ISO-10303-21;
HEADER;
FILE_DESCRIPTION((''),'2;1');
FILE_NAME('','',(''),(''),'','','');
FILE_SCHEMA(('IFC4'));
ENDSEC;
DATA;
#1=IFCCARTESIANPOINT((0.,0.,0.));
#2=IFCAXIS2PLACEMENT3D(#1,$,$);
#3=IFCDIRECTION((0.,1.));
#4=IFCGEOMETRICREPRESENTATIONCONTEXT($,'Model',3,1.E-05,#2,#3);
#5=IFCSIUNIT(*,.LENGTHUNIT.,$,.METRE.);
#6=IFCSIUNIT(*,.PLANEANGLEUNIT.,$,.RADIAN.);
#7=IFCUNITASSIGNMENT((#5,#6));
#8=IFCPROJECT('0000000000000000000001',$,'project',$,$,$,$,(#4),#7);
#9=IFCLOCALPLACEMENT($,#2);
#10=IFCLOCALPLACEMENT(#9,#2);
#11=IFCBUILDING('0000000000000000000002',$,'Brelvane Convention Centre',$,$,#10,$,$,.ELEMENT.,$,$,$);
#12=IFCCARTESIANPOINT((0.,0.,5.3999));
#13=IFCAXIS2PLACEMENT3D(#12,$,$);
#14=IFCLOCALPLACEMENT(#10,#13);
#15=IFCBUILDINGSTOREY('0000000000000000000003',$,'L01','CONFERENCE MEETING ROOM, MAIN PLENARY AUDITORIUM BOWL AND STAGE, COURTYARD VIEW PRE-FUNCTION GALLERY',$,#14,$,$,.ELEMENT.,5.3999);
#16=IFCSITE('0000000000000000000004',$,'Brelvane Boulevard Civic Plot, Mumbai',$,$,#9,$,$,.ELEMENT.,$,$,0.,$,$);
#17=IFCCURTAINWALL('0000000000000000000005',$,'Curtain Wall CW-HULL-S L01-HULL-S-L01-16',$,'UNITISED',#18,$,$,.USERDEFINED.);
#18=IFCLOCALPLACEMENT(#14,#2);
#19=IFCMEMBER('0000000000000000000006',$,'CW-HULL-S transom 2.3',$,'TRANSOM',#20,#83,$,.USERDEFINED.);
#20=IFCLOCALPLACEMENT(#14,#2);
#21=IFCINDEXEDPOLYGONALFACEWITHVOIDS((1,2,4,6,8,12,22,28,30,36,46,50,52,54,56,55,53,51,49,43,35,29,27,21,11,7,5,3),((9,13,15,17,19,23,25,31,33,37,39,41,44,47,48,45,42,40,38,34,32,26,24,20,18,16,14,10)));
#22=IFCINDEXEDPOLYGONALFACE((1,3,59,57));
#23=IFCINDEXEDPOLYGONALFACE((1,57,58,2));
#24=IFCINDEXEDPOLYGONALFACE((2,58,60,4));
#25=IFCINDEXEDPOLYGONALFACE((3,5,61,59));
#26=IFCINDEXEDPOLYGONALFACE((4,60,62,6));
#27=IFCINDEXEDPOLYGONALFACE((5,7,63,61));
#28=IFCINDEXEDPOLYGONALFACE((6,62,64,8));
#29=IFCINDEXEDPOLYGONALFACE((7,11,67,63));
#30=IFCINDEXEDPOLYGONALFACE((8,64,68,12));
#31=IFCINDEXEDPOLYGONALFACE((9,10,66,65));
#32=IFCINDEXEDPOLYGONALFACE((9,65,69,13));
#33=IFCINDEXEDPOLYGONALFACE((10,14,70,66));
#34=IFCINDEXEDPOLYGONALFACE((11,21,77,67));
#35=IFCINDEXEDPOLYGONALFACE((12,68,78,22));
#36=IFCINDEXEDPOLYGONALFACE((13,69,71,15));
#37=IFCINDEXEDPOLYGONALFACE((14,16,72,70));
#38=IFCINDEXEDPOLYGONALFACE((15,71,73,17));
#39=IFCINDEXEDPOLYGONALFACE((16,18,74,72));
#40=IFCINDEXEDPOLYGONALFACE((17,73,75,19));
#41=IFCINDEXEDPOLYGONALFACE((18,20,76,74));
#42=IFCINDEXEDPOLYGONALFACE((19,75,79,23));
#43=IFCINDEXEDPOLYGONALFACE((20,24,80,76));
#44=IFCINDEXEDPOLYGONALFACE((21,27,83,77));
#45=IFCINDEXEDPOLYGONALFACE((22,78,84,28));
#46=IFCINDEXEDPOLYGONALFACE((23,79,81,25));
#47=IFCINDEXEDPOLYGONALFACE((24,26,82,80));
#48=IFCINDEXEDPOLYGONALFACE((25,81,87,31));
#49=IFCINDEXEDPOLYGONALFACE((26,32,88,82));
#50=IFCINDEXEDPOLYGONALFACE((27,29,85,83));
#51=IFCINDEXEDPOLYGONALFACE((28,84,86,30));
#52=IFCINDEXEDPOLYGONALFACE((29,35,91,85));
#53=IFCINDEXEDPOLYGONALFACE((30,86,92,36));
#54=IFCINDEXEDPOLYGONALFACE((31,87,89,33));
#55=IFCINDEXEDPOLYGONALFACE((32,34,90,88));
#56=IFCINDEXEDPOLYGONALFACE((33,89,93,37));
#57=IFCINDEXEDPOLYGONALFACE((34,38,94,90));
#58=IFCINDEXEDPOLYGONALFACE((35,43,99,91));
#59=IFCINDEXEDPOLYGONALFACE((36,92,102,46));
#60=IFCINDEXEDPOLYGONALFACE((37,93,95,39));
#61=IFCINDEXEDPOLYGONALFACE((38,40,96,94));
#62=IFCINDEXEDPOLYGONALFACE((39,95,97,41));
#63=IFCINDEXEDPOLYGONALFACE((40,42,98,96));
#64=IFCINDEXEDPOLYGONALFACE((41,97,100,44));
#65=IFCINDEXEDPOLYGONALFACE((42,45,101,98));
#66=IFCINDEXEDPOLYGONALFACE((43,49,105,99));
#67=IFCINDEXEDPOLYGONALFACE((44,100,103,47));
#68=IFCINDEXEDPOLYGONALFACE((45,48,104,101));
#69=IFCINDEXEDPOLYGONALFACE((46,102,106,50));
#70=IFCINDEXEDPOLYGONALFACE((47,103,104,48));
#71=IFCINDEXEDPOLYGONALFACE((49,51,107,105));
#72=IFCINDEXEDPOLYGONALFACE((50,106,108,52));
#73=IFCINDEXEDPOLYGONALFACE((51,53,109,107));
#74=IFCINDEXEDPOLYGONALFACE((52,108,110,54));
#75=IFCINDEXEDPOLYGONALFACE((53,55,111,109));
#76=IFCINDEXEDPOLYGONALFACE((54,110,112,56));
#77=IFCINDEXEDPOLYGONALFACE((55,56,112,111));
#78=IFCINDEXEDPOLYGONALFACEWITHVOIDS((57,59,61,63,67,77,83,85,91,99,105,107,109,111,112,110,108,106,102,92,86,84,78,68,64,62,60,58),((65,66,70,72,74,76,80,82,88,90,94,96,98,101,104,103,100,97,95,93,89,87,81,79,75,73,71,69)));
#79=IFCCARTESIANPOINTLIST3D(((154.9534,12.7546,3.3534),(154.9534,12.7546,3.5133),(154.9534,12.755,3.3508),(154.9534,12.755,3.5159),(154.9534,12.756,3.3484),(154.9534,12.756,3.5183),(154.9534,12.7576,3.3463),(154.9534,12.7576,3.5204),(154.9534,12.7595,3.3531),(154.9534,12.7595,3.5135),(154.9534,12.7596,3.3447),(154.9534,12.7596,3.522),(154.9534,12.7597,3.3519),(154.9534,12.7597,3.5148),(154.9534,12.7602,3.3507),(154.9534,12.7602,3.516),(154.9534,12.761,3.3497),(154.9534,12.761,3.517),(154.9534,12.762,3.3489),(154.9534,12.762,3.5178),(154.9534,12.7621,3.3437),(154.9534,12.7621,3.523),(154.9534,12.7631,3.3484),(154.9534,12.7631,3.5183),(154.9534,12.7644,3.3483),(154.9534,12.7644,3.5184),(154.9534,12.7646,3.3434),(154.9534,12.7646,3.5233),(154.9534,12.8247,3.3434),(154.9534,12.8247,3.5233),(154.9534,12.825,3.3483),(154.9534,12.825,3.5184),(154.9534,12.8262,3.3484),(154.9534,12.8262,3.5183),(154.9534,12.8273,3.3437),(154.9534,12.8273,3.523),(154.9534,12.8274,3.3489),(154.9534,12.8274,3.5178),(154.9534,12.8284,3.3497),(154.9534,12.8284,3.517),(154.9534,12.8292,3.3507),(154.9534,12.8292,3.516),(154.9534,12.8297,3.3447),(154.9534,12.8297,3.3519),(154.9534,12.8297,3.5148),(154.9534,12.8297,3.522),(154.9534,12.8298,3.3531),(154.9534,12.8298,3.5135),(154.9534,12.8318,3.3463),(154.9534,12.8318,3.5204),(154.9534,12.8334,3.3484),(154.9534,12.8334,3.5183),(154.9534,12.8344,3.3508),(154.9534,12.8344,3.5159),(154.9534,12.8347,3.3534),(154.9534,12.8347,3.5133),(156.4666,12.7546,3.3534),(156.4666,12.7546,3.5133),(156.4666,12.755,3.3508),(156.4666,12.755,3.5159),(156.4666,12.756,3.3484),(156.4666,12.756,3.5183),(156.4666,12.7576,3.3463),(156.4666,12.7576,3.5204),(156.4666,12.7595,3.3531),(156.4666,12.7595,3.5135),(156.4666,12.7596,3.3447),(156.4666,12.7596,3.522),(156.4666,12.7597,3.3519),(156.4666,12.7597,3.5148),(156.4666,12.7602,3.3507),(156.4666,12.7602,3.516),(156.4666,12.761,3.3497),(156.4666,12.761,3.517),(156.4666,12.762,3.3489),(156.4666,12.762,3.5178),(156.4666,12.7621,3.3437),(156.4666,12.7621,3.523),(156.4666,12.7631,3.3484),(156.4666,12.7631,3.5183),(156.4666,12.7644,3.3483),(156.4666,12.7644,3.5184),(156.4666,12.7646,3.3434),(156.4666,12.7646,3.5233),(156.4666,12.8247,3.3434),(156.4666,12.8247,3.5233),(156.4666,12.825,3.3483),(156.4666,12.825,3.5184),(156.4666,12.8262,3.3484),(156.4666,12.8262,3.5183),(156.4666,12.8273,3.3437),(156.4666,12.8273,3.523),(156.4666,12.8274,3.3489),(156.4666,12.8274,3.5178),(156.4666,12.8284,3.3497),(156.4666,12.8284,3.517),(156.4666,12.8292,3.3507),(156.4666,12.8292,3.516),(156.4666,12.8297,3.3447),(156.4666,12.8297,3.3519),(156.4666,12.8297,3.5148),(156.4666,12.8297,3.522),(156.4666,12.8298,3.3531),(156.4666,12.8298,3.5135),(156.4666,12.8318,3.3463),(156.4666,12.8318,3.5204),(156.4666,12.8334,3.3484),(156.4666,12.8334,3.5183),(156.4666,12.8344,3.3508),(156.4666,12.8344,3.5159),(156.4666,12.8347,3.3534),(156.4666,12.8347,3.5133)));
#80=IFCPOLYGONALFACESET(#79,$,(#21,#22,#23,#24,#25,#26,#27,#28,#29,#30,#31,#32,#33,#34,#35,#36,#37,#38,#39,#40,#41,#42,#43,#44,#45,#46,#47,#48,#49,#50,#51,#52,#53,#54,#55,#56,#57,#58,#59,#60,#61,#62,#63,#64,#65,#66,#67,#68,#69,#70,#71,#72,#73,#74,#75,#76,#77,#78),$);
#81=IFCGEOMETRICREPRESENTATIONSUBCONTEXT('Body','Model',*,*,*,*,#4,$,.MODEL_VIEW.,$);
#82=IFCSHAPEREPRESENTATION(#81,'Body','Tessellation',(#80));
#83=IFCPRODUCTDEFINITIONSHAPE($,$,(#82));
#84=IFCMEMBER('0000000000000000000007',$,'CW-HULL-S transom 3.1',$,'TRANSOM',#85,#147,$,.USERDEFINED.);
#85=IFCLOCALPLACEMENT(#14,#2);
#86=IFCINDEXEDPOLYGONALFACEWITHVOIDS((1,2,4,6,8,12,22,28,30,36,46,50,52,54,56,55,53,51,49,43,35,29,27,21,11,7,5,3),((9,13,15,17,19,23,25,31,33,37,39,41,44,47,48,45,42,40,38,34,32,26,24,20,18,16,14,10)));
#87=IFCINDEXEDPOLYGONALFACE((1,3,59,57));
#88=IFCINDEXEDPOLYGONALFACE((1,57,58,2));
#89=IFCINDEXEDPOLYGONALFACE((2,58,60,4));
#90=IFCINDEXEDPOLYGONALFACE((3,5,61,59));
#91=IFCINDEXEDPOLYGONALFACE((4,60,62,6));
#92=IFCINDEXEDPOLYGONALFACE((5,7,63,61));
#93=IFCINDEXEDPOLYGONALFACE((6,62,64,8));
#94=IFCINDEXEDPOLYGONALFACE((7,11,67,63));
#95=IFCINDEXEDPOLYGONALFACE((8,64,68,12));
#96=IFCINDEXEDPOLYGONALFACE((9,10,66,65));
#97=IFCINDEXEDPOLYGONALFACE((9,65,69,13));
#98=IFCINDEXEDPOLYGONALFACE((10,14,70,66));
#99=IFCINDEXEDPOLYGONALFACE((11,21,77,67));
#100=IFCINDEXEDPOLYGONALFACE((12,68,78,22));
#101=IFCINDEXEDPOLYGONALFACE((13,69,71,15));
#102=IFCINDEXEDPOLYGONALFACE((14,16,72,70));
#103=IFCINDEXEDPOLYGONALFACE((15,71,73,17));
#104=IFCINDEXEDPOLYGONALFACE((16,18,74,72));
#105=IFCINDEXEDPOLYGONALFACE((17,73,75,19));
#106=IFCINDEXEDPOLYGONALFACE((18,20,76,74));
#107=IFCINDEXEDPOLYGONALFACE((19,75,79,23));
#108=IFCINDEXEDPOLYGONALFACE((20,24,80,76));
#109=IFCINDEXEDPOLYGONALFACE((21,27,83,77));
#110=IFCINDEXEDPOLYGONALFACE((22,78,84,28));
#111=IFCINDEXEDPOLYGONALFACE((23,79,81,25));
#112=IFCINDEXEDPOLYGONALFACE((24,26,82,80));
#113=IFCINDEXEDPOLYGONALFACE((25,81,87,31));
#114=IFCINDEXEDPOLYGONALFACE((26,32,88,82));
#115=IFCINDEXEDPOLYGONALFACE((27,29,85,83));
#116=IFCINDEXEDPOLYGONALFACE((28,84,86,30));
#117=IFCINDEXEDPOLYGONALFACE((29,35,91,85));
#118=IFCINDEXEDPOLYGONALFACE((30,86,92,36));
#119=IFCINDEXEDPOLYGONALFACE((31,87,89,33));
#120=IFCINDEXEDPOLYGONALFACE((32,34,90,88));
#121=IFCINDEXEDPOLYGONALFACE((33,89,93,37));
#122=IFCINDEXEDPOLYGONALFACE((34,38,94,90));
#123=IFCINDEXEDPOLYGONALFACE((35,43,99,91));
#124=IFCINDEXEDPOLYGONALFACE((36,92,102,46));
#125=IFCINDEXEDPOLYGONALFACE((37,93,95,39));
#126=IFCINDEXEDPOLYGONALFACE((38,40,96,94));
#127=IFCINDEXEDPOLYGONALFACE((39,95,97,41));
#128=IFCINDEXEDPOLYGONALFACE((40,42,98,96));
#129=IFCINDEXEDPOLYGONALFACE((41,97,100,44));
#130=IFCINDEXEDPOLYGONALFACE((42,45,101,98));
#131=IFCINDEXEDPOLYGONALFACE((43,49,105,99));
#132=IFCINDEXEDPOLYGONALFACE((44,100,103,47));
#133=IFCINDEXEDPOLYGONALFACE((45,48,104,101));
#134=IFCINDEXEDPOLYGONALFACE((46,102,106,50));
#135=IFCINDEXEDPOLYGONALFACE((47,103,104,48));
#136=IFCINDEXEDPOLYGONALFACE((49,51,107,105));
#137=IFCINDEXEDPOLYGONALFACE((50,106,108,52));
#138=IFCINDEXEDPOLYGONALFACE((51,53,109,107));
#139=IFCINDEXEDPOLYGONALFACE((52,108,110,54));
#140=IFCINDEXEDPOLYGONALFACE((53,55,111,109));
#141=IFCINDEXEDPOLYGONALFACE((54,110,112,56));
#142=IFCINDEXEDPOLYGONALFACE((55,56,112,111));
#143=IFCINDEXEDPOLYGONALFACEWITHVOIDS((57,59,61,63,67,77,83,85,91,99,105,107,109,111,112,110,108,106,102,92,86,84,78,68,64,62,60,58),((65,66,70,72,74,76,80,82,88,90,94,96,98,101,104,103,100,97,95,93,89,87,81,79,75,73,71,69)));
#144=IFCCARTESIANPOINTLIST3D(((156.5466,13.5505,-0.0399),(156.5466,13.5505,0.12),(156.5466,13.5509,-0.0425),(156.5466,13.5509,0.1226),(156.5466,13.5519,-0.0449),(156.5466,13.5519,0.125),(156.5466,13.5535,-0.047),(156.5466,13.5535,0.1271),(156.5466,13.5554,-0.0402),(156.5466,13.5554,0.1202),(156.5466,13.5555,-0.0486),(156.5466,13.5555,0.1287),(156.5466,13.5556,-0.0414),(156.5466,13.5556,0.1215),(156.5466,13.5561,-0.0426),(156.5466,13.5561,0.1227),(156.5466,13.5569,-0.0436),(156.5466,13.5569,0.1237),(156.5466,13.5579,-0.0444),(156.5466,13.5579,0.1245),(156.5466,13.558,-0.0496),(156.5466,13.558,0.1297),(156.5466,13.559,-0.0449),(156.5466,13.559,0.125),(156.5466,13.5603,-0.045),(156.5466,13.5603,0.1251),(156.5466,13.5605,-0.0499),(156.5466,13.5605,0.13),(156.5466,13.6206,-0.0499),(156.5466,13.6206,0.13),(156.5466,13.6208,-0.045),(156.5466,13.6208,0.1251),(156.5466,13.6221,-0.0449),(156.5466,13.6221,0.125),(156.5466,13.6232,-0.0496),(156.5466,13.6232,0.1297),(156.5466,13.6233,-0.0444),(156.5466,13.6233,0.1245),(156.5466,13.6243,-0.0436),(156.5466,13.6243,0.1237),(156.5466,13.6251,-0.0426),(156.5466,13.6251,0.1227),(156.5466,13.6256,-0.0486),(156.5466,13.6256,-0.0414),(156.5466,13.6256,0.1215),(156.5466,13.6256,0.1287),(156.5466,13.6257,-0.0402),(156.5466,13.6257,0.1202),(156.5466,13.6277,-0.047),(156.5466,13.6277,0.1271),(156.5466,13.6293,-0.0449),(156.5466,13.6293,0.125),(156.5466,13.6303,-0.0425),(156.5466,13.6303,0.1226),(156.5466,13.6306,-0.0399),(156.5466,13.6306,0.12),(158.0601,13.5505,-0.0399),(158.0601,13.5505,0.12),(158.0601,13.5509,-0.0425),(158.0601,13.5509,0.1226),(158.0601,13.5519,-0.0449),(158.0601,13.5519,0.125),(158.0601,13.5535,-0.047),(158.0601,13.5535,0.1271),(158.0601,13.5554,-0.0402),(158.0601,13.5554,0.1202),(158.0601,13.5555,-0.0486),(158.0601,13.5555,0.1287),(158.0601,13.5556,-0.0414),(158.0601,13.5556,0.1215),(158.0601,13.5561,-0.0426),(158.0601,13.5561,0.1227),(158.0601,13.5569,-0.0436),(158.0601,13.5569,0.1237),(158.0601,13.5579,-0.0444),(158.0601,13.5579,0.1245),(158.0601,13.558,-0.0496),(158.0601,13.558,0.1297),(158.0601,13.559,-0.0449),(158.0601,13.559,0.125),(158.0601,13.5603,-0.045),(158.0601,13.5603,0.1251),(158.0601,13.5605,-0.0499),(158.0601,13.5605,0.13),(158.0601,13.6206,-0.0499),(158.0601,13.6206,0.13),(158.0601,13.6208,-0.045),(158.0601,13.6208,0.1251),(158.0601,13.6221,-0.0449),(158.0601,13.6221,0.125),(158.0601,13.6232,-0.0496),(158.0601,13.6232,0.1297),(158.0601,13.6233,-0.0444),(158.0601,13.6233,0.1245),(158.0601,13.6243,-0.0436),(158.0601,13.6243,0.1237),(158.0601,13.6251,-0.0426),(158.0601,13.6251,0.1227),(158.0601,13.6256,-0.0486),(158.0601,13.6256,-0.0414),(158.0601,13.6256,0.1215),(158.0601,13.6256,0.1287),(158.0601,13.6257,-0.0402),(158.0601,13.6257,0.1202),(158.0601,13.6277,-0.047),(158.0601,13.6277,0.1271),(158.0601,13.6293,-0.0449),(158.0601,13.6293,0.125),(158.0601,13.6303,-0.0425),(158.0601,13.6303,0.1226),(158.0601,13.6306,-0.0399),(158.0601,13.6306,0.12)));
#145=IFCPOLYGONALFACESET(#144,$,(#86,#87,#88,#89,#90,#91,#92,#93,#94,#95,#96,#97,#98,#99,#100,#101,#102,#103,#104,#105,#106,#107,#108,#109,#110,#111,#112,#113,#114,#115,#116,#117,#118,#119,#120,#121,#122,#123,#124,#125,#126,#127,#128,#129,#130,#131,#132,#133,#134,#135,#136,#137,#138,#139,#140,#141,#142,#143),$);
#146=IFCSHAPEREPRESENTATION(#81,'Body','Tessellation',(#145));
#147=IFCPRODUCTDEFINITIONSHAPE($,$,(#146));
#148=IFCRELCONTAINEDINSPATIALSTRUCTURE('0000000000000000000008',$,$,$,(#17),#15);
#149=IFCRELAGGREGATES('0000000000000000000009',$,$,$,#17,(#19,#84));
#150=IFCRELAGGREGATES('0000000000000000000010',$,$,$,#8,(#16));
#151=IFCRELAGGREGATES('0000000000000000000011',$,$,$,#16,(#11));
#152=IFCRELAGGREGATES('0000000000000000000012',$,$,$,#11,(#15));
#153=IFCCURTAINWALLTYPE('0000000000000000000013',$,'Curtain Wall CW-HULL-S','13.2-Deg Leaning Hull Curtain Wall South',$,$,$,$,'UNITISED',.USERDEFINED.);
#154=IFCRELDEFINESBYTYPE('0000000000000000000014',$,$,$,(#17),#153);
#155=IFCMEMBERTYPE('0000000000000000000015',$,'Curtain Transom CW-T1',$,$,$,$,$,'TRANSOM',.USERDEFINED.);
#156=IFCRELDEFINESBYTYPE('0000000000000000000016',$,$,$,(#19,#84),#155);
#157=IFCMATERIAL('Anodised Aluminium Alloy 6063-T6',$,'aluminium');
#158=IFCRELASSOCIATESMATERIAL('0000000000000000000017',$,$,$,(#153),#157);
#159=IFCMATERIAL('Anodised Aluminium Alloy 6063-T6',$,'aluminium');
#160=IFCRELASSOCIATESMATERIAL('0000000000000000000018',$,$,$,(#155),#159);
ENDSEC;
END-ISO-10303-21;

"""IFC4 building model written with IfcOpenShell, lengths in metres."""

from ifc_helpers import new_model, si_unit, direction, frame, origin, origin_2d, place, context, subcontext, project, spatial, hollow_rectangle, extrude, material, material_profile, profile_set, type_object, element, aggregate, save


model = new_model("IFC4")

# Units and contexts
model_context = context("Model", 3, precision=1e-05, world=origin(), true_north=direction((0.0, 1.0)))
body_context = subcontext(model_context, "Body", "Model", "MODEL_VIEW")
ifc_project = project(units=[si_unit("LENGTHUNIT", "METRE"), si_unit("PLANEANGLEUNIT", "RADIAN")], contexts=[model_context])

# Site, building, storey
site_placement = place(None, origin())
site = spatial("IfcSite", under=ifc_project, at=site_placement, Name="Brelvane Boulevard Civic Plot, Mumbai", CompositionType="ELEMENT", RefElevation=0.0)
building_placement = place(site_placement, origin())
building = spatial("IfcBuilding", under=site, at=building_placement, Name="Brelvane Convention Centre", CompositionType="ELEMENT")
storey_placement = place(building_placement, frame((0.0, 0.0, 5.3999)))
storey = spatial("IfcBuildingStorey", under=building, at=storey_placement, Name="L01", Description="CONFERENCE MEETING ROOM, MAIN PLENARY AUDITORIUM BOWL AND STAGE, COURTYARD VIEW PRE-FUNCTION GALLERY", CompositionType="ELEMENT", Elevation=5.3999)

# Shared definitions
ifc_material_1 = material(Name="Anodised Aluminium Alloy 6063-T6", Category="aluminium")
curtain_wall_type = type_object("IfcCurtainWallType", Name="Curtain Wall CW-HULL-S", Description="13.2-Deg Leaning Hull Curtain Wall South", ElementType="UNITISED", PredefinedType="USERDEFINED", material=ifc_material_1)
ifc_material_2 = material(Name="Anodised Aluminium Alloy 6063-T6", Category="aluminium")
ifc_material_profile = material_profile(ifc_material_2, hollow_rectangle(XDim=0.0801, YDim=0.1799, WallThickness=0.0049, InnerFilletRadius=0.0049, OuterFilletRadius=0.01, at=origin_2d()), Name="ALU-T 180x80x5.0")
ifc_profile_set = profile_set([ifc_material_profile], Name="Anodised Aluminium Alloy 6063-T6")
member_type = type_object("IfcMemberType", Name="Curtain Transom CW-T1", ElementType="TRANSOM", PredefinedType="USERDEFINED", material=ifc_profile_set)

# Curtain wall, members
curtain_wall_1_placement = place(storey_placement, origin())
curtain_wall_1 = element("IfcCurtainWall", 1, at=curtain_wall_1_placement, inside=storey, type_object=curtain_wall_type, Name="Curtain Wall CW-HULL-S L01-HULL-S-L01-16", ObjectType="UNITISED", PredefinedType="USERDEFINED")
member_1_placement = place(storey_placement, frame((154.9534, 12.7947, 3.4333), z_axis=(1.0, 0.0, 0.0), x_axis=(0.0, 1.0, 0.0)))
member_1 = element("IfcMember", 2, at=member_1_placement, type_object=member_type, Name="CW-HULL-S transom 2.3", ObjectType="TRANSOM", PredefinedType="USERDEFINED", context=body_context, shape_type="SweptSolid", body=[
    extrude(hollow_rectangle(XDim=0.0801, YDim=0.1799, WallThickness=0.0049, InnerFilletRadius=0.0049, OuterFilletRadius=0.01, at=origin_2d()), origin(), (0.0, 0.0, 1.0), 1.5132),
])
member_2_placement = place(storey_placement, frame((156.5466, 13.5906, 0.04), z_axis=(1.0, 0.0, 0.0), x_axis=(0.0, 1.0, 0.0)))
member_2 = element("IfcMember", 3, at=member_2_placement, type_object=member_type, Name="CW-HULL-S transom 3.1", ObjectType="TRANSOM", PredefinedType="USERDEFINED", context=body_context, shape_type="SweptSolid", body=[
    extrude(hollow_rectangle(XDim=0.0801, YDim=0.1799, WallThickness=0.0049, InnerFilletRadius=0.0049, OuterFilletRadius=0.01, at=origin_2d()), origin(), (0.0, 0.0, 1.0), 1.5134),
])

aggregate(curtain_wall_1, [member_1, member_2])

save(model, "model.ifc")
